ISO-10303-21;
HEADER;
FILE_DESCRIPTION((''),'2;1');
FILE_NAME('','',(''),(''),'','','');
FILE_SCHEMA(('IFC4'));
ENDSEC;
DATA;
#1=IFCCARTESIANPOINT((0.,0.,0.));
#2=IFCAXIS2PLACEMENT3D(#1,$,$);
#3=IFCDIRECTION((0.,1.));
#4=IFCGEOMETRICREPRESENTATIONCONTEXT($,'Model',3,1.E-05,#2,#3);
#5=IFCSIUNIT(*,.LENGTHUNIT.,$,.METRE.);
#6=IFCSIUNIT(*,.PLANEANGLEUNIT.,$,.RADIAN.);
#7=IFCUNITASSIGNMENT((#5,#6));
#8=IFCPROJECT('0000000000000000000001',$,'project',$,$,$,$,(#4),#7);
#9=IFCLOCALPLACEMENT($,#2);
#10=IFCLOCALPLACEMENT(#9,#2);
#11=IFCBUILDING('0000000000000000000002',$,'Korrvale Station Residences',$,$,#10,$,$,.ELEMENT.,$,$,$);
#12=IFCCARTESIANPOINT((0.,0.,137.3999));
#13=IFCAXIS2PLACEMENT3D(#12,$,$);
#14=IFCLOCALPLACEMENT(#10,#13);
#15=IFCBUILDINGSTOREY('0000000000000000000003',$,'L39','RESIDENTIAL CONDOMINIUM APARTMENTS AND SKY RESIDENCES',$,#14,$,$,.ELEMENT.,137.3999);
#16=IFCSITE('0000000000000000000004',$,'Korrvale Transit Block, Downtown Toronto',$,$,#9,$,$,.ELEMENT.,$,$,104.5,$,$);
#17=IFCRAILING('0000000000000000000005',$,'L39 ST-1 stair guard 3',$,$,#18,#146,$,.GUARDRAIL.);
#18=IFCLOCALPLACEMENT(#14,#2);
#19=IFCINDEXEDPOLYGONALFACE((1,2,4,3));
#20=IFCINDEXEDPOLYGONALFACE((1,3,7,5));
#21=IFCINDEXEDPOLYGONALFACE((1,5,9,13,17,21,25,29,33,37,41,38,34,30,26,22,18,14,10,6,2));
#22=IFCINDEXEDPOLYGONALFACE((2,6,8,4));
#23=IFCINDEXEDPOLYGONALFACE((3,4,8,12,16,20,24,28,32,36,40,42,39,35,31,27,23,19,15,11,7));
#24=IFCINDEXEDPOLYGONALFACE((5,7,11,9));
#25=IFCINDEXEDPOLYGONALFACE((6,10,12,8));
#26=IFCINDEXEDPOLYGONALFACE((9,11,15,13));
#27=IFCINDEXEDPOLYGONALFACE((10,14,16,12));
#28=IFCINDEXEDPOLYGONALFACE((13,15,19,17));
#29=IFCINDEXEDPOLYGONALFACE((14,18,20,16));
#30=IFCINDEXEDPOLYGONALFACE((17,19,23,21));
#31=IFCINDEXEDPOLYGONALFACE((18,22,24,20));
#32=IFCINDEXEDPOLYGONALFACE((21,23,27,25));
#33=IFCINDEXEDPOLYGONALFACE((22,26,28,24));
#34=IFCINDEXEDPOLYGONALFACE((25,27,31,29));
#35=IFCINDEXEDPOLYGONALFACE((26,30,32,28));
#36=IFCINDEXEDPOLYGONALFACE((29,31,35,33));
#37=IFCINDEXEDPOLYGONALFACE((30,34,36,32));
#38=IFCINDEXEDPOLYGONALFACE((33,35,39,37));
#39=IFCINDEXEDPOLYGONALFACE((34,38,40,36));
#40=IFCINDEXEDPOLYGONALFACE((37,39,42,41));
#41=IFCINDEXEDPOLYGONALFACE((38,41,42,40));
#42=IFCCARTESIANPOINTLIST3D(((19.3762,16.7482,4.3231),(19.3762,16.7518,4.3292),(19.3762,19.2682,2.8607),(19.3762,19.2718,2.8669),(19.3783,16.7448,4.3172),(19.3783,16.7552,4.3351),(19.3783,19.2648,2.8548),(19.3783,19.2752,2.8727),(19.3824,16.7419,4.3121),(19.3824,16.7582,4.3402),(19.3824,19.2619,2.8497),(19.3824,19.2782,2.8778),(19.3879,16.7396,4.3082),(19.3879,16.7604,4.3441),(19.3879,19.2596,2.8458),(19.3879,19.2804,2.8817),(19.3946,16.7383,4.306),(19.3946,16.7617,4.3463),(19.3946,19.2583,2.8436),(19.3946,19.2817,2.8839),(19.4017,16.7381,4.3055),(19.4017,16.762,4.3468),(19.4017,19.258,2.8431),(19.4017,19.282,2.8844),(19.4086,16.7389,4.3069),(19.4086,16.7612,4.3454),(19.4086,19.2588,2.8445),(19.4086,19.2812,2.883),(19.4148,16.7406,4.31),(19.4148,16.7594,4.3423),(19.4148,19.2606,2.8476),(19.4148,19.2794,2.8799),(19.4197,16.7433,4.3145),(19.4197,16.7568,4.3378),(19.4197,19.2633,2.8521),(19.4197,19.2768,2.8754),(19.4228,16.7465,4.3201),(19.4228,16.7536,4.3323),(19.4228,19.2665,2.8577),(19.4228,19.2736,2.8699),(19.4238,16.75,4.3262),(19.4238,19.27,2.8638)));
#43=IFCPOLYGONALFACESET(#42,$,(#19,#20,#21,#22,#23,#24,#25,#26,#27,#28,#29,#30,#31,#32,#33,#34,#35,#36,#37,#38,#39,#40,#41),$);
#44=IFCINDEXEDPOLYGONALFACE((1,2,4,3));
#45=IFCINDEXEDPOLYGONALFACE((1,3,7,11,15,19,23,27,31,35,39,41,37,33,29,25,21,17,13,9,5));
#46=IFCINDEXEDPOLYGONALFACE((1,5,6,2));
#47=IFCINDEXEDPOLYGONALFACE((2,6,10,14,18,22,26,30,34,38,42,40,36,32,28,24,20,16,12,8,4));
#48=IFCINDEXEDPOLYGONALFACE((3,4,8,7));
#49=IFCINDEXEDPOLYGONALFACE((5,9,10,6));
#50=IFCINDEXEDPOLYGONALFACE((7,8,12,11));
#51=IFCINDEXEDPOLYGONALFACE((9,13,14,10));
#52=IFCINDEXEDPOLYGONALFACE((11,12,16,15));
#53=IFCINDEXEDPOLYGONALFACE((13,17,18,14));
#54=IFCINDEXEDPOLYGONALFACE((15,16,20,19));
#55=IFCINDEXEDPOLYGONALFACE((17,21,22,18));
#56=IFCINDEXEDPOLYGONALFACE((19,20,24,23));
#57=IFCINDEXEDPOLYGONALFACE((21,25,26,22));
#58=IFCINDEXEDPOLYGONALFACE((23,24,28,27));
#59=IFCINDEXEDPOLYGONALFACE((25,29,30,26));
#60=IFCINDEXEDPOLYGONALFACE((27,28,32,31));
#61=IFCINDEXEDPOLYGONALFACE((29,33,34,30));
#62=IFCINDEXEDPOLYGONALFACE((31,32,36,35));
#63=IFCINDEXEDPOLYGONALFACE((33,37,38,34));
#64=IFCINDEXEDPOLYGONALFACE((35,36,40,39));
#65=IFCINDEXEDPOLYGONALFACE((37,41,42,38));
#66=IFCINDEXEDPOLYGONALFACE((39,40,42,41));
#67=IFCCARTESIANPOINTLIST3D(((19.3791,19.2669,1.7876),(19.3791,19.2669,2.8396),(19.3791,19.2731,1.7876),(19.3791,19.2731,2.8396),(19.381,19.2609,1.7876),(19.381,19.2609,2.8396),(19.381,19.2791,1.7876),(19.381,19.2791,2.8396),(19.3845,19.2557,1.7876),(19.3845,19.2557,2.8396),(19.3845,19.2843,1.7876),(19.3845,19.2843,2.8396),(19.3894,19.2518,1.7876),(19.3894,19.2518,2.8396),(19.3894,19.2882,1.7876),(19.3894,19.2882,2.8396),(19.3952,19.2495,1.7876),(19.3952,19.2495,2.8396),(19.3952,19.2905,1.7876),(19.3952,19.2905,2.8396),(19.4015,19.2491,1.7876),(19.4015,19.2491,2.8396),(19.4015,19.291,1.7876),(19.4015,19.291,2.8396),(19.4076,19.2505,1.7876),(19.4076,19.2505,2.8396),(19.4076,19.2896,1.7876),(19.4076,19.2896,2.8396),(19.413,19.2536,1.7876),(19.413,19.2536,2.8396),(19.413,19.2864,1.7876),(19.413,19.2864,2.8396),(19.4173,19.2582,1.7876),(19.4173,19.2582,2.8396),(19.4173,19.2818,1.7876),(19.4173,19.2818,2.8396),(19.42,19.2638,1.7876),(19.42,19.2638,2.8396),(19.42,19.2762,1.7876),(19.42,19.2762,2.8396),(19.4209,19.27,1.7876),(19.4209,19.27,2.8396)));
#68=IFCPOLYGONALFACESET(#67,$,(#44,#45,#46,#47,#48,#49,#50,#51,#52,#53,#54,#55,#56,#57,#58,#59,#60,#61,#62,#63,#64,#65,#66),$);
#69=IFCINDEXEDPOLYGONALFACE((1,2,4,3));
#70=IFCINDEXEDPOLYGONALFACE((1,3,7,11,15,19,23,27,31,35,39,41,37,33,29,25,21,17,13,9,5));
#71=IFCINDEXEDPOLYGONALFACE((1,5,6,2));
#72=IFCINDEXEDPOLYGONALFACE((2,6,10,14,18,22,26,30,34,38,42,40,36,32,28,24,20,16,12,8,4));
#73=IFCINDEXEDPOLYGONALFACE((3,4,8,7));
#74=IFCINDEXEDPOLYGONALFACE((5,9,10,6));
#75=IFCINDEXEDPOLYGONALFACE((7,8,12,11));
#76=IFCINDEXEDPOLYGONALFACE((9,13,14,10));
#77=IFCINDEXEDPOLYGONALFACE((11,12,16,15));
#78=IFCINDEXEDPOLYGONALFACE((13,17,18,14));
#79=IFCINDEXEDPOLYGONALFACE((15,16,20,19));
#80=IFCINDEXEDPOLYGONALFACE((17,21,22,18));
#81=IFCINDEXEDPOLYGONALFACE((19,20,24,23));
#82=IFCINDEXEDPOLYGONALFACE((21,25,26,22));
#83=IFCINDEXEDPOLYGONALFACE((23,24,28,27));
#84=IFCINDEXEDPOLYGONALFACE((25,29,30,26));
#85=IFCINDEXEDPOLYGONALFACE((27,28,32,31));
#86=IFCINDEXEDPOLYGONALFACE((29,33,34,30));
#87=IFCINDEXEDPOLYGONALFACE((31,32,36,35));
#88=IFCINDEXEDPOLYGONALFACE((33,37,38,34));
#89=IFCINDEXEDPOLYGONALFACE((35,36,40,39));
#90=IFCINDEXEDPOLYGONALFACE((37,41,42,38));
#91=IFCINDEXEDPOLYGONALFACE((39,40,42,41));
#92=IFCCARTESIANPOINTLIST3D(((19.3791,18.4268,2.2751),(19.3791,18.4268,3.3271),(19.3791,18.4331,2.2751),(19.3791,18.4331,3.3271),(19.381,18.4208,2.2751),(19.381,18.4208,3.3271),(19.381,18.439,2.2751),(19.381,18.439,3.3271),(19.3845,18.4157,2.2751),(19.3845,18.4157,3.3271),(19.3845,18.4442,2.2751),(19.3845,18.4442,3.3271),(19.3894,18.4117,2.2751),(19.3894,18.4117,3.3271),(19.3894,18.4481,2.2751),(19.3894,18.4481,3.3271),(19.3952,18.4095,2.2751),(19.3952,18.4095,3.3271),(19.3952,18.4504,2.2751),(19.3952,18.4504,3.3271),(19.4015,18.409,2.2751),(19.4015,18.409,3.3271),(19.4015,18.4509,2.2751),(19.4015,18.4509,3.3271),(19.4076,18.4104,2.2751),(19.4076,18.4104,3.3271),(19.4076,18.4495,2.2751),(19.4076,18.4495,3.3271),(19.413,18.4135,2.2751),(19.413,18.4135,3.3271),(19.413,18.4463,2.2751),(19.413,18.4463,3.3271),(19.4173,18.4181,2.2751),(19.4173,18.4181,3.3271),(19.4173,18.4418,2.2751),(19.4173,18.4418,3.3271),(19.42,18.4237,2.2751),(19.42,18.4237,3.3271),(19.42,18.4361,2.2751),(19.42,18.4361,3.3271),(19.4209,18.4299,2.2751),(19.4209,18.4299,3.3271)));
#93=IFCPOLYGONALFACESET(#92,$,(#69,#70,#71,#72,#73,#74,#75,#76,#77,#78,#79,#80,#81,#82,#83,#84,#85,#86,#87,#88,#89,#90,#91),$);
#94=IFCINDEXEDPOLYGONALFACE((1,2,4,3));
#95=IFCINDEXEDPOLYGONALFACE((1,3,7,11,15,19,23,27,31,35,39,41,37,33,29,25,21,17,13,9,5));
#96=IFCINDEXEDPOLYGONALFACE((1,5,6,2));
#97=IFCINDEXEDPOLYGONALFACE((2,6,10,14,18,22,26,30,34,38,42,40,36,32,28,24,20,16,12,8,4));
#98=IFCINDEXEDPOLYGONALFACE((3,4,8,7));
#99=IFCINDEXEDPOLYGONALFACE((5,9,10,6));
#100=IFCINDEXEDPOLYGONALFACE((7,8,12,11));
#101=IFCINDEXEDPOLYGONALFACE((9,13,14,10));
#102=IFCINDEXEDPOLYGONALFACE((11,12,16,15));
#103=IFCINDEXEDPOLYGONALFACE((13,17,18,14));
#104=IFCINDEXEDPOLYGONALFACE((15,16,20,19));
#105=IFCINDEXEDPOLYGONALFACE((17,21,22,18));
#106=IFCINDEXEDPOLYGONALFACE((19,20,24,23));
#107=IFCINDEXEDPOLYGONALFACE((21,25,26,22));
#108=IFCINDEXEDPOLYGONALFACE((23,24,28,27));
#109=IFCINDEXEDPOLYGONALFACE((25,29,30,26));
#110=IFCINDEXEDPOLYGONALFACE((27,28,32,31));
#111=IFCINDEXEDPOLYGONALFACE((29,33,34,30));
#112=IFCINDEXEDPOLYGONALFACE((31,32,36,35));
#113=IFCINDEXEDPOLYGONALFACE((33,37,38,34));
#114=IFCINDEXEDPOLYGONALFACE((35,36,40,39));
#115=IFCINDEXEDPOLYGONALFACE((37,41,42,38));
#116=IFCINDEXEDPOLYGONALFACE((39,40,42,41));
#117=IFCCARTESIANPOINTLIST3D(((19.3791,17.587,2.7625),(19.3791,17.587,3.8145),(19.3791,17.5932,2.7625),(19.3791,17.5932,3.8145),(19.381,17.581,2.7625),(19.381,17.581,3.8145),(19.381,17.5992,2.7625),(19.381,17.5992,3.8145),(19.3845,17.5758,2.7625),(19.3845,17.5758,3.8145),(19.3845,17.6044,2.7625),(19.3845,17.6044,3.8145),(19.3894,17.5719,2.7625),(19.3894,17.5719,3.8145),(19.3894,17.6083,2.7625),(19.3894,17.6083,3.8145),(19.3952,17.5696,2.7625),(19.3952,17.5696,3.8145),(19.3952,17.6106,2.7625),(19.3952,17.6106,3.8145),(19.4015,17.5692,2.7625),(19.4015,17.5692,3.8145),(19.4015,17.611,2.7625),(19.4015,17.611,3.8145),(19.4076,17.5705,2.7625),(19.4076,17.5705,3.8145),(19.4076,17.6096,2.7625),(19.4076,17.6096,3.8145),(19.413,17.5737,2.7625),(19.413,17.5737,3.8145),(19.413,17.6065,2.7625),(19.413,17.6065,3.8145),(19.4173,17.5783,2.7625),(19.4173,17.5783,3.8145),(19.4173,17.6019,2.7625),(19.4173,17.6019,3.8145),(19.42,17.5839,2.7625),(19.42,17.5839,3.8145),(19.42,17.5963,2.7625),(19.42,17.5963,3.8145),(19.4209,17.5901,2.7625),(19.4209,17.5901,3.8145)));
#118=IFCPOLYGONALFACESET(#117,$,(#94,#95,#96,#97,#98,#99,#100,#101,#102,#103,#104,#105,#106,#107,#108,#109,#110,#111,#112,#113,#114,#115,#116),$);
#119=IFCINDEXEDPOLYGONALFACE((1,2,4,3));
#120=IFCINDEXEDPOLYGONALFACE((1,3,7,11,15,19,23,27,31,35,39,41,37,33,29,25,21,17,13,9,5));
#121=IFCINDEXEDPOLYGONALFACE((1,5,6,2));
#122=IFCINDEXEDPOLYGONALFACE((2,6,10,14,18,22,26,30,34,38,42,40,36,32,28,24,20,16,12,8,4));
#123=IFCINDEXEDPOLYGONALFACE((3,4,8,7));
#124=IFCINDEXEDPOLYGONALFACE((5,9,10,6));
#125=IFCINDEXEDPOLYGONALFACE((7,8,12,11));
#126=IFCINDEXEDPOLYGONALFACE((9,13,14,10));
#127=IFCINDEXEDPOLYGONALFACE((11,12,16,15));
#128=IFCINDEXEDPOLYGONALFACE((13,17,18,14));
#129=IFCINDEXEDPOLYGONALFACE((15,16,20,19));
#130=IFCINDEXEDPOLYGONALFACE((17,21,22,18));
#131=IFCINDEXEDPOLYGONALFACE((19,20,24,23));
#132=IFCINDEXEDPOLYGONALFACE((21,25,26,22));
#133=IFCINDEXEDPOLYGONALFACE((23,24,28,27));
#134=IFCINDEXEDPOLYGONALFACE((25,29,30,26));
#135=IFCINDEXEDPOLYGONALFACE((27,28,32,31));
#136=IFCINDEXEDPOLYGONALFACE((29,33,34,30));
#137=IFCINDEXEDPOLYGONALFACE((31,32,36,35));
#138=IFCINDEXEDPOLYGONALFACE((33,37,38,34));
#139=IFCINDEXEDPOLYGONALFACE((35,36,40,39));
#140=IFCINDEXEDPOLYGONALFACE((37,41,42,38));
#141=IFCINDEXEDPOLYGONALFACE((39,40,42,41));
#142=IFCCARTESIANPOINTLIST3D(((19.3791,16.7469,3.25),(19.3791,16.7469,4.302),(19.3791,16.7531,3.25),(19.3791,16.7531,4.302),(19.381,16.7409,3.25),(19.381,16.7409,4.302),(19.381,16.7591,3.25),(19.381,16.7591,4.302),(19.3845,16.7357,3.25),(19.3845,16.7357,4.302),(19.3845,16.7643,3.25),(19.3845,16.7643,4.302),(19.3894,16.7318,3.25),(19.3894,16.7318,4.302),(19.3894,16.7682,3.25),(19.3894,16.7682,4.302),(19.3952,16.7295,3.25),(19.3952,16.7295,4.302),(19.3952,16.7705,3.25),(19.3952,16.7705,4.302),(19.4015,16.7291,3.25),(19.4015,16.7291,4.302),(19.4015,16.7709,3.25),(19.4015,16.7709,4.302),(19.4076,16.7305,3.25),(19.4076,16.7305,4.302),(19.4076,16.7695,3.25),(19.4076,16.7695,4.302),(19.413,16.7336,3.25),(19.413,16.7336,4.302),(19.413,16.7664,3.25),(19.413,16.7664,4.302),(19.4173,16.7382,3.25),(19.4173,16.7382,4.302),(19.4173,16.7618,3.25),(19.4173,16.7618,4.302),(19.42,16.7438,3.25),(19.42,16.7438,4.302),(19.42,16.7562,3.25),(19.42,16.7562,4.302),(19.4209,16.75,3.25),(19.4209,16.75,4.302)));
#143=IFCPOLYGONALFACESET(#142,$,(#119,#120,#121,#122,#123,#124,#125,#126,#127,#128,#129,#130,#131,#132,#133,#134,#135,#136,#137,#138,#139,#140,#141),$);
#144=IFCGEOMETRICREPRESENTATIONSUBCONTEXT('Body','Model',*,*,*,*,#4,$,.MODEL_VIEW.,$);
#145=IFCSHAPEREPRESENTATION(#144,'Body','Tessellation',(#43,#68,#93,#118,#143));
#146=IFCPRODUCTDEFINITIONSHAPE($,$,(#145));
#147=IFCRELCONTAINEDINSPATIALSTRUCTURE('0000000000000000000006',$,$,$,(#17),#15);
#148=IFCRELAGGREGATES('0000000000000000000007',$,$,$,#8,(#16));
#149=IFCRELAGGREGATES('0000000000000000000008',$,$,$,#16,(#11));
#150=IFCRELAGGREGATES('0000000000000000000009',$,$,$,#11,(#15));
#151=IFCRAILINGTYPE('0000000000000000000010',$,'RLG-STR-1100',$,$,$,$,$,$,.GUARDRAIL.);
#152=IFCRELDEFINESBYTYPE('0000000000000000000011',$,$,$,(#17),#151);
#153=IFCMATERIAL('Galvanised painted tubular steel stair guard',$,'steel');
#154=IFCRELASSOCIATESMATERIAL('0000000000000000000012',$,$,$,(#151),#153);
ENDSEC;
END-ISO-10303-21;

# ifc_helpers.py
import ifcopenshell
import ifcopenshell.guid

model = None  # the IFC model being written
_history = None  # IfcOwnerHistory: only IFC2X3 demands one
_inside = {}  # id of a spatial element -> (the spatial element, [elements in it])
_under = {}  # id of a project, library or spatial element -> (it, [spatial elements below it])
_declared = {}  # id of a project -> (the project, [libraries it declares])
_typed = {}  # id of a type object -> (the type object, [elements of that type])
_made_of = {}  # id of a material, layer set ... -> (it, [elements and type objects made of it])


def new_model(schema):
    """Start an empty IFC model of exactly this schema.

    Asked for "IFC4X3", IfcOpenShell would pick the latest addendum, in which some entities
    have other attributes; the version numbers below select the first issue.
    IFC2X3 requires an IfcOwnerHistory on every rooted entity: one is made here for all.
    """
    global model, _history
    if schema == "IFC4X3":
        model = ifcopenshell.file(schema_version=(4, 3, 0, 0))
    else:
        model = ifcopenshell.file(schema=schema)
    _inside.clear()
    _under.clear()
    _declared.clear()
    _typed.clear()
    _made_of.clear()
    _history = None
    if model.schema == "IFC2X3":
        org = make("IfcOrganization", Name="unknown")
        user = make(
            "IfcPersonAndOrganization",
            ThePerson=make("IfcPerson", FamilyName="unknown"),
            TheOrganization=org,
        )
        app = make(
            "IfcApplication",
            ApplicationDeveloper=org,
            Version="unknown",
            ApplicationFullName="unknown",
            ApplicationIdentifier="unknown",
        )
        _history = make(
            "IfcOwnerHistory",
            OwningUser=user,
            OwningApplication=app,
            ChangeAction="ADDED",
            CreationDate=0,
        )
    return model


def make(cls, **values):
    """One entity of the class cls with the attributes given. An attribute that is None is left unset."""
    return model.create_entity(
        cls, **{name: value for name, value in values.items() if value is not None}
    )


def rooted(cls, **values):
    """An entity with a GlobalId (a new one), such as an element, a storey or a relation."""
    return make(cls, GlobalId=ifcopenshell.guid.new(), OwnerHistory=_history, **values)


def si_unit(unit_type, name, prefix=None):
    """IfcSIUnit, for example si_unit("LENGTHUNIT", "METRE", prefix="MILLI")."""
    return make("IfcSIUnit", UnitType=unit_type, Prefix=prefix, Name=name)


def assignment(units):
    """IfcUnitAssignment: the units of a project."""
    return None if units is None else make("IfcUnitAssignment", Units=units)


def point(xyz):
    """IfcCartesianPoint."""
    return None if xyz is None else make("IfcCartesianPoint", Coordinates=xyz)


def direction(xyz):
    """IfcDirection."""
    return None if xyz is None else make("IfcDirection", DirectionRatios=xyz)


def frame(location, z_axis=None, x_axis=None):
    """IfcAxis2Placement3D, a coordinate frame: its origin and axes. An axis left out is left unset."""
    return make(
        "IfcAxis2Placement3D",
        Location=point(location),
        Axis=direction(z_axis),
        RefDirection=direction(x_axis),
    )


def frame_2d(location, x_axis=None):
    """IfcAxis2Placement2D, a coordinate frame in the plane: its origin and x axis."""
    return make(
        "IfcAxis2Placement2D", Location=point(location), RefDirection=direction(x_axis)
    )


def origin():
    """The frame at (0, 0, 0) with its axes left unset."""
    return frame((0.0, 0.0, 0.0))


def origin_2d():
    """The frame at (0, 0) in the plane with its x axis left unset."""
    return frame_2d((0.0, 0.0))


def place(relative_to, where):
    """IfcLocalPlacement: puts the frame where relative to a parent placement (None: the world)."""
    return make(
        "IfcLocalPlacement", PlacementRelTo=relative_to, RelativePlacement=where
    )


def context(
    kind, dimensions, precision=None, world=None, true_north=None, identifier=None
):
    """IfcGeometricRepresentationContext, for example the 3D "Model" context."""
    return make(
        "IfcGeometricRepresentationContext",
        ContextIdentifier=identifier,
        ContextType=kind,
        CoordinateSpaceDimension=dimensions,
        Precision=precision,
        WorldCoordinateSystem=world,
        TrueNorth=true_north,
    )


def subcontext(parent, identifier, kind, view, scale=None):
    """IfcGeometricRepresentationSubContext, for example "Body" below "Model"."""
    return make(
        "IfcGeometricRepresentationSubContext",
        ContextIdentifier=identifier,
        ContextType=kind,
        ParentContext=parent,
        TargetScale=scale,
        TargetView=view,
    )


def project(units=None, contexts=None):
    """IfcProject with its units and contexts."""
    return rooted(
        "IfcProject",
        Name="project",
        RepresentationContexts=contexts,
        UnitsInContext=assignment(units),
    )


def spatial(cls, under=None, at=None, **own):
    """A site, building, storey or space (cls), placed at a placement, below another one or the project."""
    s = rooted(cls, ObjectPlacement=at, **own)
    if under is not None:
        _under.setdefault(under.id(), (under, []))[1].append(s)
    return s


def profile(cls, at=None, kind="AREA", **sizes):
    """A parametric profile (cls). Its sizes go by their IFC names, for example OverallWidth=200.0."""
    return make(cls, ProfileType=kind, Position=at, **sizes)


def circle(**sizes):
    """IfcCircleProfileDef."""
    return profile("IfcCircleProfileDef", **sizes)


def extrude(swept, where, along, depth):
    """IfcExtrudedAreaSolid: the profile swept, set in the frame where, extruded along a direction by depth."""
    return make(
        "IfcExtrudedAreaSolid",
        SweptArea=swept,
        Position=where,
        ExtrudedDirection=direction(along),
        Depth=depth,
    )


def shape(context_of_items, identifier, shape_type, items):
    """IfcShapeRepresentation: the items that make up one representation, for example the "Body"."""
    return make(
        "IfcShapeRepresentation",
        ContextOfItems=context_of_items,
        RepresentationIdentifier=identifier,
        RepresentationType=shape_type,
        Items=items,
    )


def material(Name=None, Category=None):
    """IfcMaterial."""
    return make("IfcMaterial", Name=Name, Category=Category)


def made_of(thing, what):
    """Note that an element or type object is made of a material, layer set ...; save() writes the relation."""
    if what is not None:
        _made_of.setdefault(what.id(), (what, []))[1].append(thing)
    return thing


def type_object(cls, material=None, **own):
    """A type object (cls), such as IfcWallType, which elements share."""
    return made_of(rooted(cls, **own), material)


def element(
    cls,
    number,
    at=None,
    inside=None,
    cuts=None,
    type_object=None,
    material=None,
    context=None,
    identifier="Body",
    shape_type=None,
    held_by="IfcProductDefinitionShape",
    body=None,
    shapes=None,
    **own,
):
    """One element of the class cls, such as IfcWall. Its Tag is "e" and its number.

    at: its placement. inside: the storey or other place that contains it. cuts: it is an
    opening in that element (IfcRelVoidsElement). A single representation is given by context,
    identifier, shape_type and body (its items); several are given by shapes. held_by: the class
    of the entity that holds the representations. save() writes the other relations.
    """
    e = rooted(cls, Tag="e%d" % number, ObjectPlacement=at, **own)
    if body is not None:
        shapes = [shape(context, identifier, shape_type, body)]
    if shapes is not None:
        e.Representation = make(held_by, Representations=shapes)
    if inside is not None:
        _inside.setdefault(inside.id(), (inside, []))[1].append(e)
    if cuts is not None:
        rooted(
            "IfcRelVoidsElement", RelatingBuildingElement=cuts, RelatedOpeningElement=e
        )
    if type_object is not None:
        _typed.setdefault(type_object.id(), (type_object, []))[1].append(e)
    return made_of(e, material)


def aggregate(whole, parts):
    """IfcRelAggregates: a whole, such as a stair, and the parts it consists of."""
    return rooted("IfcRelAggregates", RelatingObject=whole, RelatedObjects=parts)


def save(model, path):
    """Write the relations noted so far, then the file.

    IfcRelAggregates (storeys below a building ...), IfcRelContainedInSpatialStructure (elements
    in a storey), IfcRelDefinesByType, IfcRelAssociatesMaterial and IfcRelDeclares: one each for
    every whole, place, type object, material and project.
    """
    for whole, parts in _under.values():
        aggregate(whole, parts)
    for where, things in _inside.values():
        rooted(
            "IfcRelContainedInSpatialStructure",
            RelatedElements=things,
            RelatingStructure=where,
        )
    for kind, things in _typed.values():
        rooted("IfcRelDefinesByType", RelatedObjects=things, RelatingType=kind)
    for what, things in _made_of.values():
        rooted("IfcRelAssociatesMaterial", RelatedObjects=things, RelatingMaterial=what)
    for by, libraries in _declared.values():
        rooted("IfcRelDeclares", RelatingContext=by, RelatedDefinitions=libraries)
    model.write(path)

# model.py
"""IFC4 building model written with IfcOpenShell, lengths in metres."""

from ifc_helpers import new_model, si_unit, direction, frame, origin, origin_2d, place, context, subcontext, project, spatial, circle, extrude, material, type_object, element, save


model = new_model("IFC4")

# Units and contexts
model_context = context("Model", 3, precision=1e-05, world=origin(), true_north=direction((0.0, 1.0)))
body_context = subcontext(model_context, "Body", "Model", "MODEL_VIEW")
ifc_project = project(units=[si_unit("LENGTHUNIT", "METRE"), si_unit("PLANEANGLEUNIT", "RADIAN")], contexts=[model_context])

# Site, building, storey
site_placement = place(None, origin())
site = spatial("IfcSite", under=ifc_project, at=site_placement, Name="Korrvale Transit Block, Downtown Toronto", CompositionType="ELEMENT", RefElevation=104.5)
building_placement = place(site_placement, origin())
building = spatial("IfcBuilding", under=site, at=building_placement, Name="Korrvale Station Residences", CompositionType="ELEMENT")
storey_placement = place(building_placement, frame((0.0, 0.0, 137.3999)))
storey = spatial("IfcBuildingStorey", under=building, at=storey_placement, Name="L39", Description="RESIDENTIAL CONDOMINIUM APARTMENTS AND SKY RESIDENCES", CompositionType="ELEMENT", Elevation=137.3999)

# Railing
ifc_material_1 = material(Name="Galvanised painted tubular steel stair guard", Category="steel")
railing_type_1 = type_object("IfcRailingType", Name="RLG-STR-1100", PredefinedType="GUARDRAIL", material=ifc_material_1)
railing_1_placement = place(storey_placement, frame((19.3999, 19.27, 1.7876)))
element("IfcRailing", 1, at=railing_1_placement, inside=storey, type_object=railing_type_1, Name="L39 ST-1 stair guard 3", PredefinedType="GUARDRAIL", context=body_context, shape_type="SweptSolid", body=[
    extrude(circle(Radius=0.0239, at=origin_2d()), frame((0.0, 0.0, 1.0762), z_axis=(0.0, -0.864913, 0.501921), x_axis=(1.0, 0.0, 0.0)), (0.0, 0.0, 1.0), 2.9136),
    extrude(circle(Radius=0.021, at=origin_2d()), origin(), (0.0, 0.0, 1.0), 1.052),
    extrude(circle(Radius=0.021, at=origin_2d()), frame((0.0, -0.8401, 0.4875)), (0.0, 0.0, 1.0), 1.052),
    extrude(circle(Radius=0.021, at=origin_2d()), frame((0.0, -1.6799, 0.9749)), (0.0, 0.0, 1.0), 1.052),
    extrude(circle(Radius=0.021, at=origin_2d()), frame((0.0, -2.52, 1.4624)), (0.0, 0.0, 1.0), 1.052),
])

save(model, "model.ifc")
